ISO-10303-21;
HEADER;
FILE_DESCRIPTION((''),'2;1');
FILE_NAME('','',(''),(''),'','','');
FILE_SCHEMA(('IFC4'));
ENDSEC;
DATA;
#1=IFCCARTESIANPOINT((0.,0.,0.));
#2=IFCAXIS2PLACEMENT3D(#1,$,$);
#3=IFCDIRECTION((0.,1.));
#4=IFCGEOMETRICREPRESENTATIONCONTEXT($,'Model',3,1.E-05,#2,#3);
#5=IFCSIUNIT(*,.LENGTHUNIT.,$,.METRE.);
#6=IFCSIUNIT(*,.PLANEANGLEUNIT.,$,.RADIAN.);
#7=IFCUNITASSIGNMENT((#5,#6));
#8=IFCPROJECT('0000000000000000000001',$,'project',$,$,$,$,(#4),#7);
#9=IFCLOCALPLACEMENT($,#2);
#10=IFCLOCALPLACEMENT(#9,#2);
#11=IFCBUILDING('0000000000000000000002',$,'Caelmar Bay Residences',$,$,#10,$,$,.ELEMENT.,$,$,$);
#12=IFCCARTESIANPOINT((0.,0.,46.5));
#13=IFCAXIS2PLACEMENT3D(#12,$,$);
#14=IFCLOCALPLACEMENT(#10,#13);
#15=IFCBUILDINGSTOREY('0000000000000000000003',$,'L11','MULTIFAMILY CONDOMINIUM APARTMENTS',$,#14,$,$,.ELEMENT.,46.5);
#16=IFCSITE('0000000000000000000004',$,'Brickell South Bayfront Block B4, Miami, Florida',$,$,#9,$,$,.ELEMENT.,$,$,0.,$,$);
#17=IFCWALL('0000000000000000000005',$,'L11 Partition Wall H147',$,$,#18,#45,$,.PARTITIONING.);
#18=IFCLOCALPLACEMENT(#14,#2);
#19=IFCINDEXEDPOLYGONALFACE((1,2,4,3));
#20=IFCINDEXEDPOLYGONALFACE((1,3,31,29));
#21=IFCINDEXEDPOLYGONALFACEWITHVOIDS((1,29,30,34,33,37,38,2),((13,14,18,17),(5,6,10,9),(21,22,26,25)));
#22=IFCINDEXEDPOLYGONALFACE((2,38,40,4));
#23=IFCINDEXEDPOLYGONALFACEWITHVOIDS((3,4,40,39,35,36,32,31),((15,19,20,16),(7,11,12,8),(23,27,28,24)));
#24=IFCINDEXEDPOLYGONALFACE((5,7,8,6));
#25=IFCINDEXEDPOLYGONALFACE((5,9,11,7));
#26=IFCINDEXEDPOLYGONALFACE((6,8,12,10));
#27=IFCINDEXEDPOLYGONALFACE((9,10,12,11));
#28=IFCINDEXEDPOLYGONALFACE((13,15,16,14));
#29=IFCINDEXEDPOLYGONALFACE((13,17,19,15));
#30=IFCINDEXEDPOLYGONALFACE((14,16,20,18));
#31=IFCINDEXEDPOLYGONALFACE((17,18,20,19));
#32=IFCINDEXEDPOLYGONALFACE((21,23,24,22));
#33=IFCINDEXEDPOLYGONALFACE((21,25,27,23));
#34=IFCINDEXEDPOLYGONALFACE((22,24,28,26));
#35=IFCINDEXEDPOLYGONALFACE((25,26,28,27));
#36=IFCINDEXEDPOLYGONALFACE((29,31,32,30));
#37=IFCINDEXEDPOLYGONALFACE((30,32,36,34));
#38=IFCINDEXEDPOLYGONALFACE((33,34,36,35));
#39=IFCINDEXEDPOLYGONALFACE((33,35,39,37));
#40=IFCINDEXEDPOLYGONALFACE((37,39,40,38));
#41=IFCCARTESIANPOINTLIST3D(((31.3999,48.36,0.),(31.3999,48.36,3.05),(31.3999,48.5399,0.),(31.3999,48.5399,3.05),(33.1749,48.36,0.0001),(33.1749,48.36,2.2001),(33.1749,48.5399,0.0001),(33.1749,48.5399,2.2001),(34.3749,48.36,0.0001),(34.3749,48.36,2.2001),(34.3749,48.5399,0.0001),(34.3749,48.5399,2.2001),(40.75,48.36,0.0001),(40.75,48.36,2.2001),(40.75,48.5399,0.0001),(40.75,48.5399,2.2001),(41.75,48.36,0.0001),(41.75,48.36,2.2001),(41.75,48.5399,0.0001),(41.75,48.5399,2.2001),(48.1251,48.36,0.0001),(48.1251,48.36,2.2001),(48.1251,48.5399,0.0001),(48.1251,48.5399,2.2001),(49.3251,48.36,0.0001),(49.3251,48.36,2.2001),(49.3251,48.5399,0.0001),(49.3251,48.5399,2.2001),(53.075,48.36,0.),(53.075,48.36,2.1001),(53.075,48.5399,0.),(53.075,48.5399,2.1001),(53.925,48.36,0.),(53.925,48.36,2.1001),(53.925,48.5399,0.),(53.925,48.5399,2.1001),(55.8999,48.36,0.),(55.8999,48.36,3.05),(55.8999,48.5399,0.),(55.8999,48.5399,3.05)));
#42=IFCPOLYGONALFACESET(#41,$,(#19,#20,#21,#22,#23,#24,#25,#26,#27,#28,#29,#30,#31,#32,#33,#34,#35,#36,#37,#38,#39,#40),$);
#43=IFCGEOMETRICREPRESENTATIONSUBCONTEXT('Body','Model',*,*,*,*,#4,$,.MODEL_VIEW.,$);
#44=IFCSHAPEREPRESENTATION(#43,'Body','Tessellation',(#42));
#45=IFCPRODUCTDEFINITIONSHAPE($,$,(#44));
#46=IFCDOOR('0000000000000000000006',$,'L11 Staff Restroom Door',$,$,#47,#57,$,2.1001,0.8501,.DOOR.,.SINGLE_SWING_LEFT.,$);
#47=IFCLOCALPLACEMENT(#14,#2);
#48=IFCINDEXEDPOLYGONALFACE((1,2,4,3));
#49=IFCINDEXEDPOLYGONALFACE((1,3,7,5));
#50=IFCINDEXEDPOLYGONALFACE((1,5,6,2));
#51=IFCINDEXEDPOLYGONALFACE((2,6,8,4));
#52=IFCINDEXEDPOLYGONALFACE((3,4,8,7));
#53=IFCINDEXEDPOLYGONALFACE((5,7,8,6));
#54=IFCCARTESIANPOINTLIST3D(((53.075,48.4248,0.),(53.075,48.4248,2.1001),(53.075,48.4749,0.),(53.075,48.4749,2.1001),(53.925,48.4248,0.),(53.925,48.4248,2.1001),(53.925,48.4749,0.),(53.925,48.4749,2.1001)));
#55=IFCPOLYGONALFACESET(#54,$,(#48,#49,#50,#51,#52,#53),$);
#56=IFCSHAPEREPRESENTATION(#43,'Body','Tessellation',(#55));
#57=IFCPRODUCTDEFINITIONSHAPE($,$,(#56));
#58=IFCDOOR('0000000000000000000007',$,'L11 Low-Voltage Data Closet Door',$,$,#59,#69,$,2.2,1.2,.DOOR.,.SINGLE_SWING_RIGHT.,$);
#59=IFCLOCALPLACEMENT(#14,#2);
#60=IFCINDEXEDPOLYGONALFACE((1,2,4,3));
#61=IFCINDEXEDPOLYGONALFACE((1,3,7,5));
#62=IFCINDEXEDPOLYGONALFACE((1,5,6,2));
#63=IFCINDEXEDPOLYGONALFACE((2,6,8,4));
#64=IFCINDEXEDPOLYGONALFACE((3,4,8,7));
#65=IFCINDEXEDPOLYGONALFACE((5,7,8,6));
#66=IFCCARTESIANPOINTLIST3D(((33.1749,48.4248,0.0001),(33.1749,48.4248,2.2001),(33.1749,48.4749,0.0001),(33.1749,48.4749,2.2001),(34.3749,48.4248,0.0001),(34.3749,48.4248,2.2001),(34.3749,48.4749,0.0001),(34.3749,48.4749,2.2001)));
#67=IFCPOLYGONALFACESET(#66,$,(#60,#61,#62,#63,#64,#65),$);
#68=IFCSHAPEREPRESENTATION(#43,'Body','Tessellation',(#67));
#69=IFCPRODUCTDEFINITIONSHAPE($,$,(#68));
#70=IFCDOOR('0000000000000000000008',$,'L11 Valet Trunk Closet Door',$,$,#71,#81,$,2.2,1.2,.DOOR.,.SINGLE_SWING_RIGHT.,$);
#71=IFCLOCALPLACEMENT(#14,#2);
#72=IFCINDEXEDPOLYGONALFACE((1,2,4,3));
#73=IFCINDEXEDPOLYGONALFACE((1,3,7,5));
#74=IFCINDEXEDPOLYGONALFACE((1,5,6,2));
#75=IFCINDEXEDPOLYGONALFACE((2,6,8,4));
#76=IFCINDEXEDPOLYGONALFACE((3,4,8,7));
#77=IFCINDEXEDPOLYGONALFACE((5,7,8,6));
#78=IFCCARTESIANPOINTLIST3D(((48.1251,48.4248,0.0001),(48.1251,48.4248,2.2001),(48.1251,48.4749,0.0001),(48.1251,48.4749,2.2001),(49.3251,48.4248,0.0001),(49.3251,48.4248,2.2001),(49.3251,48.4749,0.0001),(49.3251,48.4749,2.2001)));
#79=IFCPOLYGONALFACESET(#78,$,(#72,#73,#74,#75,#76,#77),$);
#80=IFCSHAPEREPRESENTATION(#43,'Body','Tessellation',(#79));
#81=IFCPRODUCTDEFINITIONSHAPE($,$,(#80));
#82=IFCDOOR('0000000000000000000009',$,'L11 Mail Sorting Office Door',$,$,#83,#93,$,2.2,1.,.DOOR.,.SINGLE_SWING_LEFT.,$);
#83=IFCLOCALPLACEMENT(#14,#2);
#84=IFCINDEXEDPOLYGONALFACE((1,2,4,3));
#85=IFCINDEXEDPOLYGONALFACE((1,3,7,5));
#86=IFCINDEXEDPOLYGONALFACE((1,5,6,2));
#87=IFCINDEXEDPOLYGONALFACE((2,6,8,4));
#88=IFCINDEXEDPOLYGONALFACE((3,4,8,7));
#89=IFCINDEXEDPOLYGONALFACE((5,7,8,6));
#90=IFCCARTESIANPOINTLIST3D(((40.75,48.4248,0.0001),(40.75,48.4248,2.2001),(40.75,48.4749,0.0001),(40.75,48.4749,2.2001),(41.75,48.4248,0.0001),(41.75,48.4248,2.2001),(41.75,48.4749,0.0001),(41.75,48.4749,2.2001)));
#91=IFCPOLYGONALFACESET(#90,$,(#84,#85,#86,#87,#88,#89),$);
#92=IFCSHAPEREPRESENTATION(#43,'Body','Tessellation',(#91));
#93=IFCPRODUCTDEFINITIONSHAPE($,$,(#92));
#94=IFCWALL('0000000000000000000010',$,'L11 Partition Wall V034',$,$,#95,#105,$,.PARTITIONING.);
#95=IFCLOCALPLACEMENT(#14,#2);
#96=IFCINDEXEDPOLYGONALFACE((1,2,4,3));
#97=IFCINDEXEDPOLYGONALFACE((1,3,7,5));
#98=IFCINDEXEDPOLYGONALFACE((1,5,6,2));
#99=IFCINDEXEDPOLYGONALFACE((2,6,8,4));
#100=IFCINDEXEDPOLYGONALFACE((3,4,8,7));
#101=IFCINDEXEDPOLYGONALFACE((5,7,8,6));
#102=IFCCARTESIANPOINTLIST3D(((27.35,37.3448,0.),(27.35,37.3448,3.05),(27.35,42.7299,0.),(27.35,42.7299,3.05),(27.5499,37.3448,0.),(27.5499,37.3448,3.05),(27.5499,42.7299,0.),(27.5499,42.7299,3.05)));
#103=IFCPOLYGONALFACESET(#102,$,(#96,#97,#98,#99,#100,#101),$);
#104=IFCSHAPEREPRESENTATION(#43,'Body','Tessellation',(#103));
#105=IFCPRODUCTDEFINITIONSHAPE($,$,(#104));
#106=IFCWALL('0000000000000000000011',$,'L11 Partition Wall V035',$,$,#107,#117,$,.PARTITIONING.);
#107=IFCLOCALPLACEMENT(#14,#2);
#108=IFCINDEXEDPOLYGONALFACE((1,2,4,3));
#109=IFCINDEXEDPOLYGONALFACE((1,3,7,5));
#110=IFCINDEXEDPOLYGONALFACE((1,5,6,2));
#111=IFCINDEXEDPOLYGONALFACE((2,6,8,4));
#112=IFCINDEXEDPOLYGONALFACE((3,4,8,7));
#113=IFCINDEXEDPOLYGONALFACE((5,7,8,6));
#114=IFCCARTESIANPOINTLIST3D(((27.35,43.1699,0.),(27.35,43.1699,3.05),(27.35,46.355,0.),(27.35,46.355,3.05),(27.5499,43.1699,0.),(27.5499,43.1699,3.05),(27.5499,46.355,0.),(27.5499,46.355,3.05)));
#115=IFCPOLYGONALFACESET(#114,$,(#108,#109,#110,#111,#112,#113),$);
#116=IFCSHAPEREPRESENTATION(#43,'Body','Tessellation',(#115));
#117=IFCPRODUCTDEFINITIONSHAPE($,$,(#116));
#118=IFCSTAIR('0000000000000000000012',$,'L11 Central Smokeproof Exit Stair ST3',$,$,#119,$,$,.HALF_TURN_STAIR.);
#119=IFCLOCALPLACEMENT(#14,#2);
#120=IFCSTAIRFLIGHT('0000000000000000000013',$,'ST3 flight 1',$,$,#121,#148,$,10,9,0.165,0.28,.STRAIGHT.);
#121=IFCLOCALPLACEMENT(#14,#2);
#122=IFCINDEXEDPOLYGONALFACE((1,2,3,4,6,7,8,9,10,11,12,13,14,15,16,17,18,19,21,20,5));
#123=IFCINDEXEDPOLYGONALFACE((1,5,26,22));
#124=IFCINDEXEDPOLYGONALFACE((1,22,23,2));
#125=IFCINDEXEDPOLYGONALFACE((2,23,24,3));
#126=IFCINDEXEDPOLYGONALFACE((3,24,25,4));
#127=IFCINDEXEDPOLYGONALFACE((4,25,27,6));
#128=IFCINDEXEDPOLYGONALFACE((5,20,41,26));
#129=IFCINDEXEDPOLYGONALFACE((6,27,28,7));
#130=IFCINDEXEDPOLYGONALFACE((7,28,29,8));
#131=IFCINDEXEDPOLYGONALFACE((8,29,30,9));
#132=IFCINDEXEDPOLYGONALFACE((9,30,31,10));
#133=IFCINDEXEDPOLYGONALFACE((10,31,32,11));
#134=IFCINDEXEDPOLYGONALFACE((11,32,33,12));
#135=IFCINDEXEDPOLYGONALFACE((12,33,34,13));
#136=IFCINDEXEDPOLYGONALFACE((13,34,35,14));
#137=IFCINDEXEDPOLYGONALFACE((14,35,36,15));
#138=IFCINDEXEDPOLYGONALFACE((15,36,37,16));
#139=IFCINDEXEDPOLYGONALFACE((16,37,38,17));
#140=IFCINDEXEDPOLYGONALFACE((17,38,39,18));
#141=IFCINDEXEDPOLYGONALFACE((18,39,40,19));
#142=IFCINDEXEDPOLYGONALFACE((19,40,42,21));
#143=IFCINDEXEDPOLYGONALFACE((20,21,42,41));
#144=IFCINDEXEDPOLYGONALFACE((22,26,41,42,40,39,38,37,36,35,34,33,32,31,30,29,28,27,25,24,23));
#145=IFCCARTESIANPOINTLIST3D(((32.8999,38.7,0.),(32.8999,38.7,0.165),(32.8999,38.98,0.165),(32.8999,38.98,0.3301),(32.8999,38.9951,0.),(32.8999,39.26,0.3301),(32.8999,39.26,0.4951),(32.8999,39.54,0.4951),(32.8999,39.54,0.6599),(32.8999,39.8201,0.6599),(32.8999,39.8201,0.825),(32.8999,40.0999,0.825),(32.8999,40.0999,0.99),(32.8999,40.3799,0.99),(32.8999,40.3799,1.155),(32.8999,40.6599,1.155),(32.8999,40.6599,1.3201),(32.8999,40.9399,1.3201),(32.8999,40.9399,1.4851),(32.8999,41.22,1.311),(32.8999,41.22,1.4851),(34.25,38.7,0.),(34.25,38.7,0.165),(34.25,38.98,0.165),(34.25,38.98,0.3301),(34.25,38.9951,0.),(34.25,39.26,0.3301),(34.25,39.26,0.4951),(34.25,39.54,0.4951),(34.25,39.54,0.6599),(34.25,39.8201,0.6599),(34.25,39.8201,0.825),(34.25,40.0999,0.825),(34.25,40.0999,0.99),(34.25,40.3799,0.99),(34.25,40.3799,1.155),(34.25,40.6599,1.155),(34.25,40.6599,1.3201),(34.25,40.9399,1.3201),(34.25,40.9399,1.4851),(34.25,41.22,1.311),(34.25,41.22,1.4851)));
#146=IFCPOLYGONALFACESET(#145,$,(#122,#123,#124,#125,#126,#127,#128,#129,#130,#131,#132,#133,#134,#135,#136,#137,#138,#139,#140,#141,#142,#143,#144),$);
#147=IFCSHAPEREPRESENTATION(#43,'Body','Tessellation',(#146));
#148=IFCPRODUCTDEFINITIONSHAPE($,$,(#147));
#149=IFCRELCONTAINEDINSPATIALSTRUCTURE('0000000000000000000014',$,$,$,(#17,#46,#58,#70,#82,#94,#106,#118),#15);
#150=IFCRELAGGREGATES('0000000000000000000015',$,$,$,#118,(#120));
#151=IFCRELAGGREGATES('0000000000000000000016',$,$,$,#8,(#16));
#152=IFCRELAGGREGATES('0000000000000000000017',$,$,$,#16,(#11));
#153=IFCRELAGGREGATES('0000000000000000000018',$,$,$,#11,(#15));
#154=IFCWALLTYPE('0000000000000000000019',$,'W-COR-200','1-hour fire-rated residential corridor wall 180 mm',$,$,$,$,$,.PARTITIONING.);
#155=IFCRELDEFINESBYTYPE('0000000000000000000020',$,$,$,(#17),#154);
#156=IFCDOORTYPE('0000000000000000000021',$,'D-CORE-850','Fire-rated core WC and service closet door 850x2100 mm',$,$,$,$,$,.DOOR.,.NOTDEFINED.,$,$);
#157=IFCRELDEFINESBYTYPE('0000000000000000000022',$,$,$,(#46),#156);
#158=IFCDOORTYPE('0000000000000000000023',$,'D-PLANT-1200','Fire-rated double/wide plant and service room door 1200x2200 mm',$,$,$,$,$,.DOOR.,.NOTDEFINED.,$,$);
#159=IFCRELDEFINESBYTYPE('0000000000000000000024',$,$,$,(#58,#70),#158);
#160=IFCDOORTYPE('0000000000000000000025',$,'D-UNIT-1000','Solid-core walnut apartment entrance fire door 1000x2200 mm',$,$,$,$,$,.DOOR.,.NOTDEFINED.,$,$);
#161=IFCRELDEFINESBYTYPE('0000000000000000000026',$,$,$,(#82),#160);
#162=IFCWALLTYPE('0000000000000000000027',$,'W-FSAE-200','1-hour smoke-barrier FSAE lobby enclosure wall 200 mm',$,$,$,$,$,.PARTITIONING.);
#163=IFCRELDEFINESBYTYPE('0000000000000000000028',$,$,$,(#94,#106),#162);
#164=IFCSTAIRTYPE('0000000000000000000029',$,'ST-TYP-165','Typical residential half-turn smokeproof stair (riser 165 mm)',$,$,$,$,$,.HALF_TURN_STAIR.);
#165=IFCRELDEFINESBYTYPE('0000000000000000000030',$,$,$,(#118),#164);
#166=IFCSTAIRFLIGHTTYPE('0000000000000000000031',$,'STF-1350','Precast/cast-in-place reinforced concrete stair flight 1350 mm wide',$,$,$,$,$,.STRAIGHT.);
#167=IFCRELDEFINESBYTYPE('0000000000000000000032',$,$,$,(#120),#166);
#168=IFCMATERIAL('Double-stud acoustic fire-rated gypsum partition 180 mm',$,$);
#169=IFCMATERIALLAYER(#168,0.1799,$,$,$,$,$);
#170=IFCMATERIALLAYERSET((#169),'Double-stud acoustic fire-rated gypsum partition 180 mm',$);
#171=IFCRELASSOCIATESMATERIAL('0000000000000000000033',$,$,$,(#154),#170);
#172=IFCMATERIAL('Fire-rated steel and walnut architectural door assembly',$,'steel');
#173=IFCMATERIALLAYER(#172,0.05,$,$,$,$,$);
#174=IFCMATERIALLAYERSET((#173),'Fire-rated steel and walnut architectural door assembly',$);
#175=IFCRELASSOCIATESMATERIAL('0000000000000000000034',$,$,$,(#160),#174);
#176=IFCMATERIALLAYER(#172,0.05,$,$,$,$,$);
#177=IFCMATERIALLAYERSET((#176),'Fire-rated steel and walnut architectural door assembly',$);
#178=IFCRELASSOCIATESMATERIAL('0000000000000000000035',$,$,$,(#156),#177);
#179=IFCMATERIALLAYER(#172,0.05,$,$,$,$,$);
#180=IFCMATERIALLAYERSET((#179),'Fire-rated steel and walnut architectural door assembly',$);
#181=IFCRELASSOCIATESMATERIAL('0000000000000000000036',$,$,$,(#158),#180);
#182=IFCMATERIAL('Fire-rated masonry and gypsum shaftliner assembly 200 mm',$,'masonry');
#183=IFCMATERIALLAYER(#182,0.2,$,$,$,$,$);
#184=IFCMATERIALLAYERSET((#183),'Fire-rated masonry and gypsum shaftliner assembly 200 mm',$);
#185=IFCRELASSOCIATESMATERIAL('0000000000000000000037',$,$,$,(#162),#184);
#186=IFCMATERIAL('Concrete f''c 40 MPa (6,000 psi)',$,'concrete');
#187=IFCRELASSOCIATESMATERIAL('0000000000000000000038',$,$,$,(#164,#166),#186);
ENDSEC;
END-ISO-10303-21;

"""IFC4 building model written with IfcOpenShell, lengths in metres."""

from ifc_helpers import new_model, si_unit, direction, frame, frame_2d, origin, place, context, subcontext, project, spatial, polyline, rectangle, outline, extrude, material, layer, layer_set, type_object, element, fill, aggregate, save


model = new_model("IFC4")

# Units and contexts
model_context = context("Model", 3, precision=1e-05, world=origin(), true_north=direction((0.0, 1.0)))
body_context = subcontext(model_context, "Body", "Model", "MODEL_VIEW")
ifc_project = project(units=[si_unit("LENGTHUNIT", "METRE"), si_unit("PLANEANGLEUNIT", "RADIAN")], contexts=[model_context])

# Site, building, storey
site_placement = place(None, origin())
site = spatial("IfcSite", under=ifc_project, at=site_placement, Name="Brickell South Bayfront Block B4, Miami, Florida", CompositionType="ELEMENT", RefElevation=0.0)
building_placement = place(site_placement, origin())
building = spatial("IfcBuilding", under=site, at=building_placement, Name="Caelmar Bay Residences", CompositionType="ELEMENT")
storey_placement = place(building_placement, frame((0.0, 0.0, 46.5)))
storey = spatial("IfcBuildingStorey", under=building, at=storey_placement, Name="L11", Description="MULTIFAMILY CONDOMINIUM APARTMENTS", CompositionType="ELEMENT", Elevation=46.5)

# Shared definitions
ifc_material_1 = material(Name="Double-stud acoustic fire-rated gypsum partition 180 mm")
ifc_layer_1 = layer(ifc_material_1, 0.1799)
ifc_layer_set_1 = layer_set([ifc_layer_1], Name="Double-stud acoustic fire-rated gypsum partition 180 mm")
wall_type_1 = type_object("IfcWallType", Name="W-COR-200", Description="1-hour fire-rated residential corridor wall 180 mm", PredefinedType="PARTITIONING", material=ifc_layer_set_1)

# Wall, openings, doors
ifc_material_2 = material(Name="Fire-rated steel and walnut architectural door assembly", Category="steel")
ifc_layer_2 = layer(ifc_material_2, 0.05)
ifc_layer_set_2 = layer_set([ifc_layer_2], Name="Fire-rated steel and walnut architectural door assembly")
door_type_1 = type_object("IfcDoorType", Name="D-UNIT-1000", Description="Solid-core walnut apartment entrance fire door 1000x2200 mm", OperationType="NOTDEFINED", PredefinedType="DOOR", material=ifc_layer_set_2)
wall_1_placement = place(storey_placement, frame((31.3999, 48.45, 0.0), z_axis=(0.0, 0.0, 1.0), x_axis=(1.0, 0.0, 0.0)))
wall_1 = element("IfcWall", 1, at=wall_1_placement, inside=storey, type_object=wall_type_1, Name="L11 Partition Wall H147", PredefinedType="PARTITIONING", context=body_context, shape_type="SweptSolid", body=[
    extrude(rectangle(XDim=24.5, YDim=0.1799, at=frame_2d((12.25, 0.0))), origin(), (0.0, 0.0, 1.0), 3.05),
])
opening_1_placement = place(wall_1_placement, frame((1.7749, 0.0, 0.0)))
opening_1 = element("IfcOpeningElement", 2, at=opening_1_placement, cuts=wall_1, PredefinedType="OPENING", context=body_context, shape_type="SweptSolid", body=[
    extrude(rectangle(XDim=1.2, YDim=2.2, at=frame_2d((0.6001, 1.1001))), frame((0.0, 0.0999, 0.0), z_axis=(0.0, -1.0, 0.0), x_axis=(1.0, 0.0, 0.0)), (0.0, 0.0, 1.0), 0.2),
])
opening_2_placement = place(wall_1_placement, frame((9.3501, 0.0, 0.0)))
opening_2 = element("IfcOpeningElement", 3, at=opening_2_placement, cuts=wall_1, PredefinedType="OPENING", context=body_context, shape_type="SweptSolid", body=[
    extrude(rectangle(XDim=1.0, YDim=2.2, at=frame_2d((0.5, 1.1001))), frame((0.0, 0.0999, 0.0), z_axis=(0.0, -1.0, 0.0), x_axis=(1.0, 0.0, 0.0)), (0.0, 0.0, 1.0), 0.2),
])
opening_3_placement = place(wall_1_placement, frame((16.7251, 0.0, 0.0)))
opening_3 = element("IfcOpeningElement", 4, at=opening_3_placement, cuts=wall_1, PredefinedType="OPENING", context=body_context, shape_type="SweptSolid", body=[
    extrude(rectangle(XDim=1.2, YDim=2.2, at=frame_2d((0.6001, 1.1001))), frame((0.0, 0.0999, 0.0), z_axis=(0.0, -1.0, 0.0), x_axis=(1.0, 0.0, 0.0)), (0.0, 0.0, 1.0), 0.2),
])
opening_4_placement = place(wall_1_placement, frame((21.675, 0.0, 0.0)))
opening_4 = element("IfcOpeningElement", 5, at=opening_4_placement, cuts=wall_1, PredefinedType="OPENING", context=body_context, shape_type="SweptSolid", body=[
    extrude(rectangle(XDim=0.8501, YDim=2.1001, at=frame_2d((0.425, 1.05))), frame((0.0, 0.0999, 0.0), z_axis=(0.0, -1.0, 0.0), x_axis=(1.0, 0.0, 0.0)), (0.0, 0.0, 1.0), 0.2),
])
ifc_layer_3 = layer(ifc_material_2, 0.05)
ifc_layer_set_3 = layer_set([ifc_layer_3], Name="Fire-rated steel and walnut architectural door assembly")
door_type_2 = type_object("IfcDoorType", Name="D-CORE-850", Description="Fire-rated core WC and service closet door 850x2100 mm", OperationType="NOTDEFINED", PredefinedType="DOOR", material=ifc_layer_set_3)
door_1_placement = place(opening_4_placement, origin())
door_1 = element("IfcDoor", 6, at=door_1_placement, inside=storey, type_object=door_type_2, Name="L11 Staff Restroom Door", OperationType="SINGLE_SWING_LEFT", OverallHeight=2.1001, OverallWidth=0.8501, PredefinedType="DOOR", context=body_context, shape_type="SweptSolid", body=[
    extrude(rectangle(XDim=0.8501, YDim=2.1001, at=frame_2d((0.425, 1.05))), frame((0.0, 0.0249, 0.0), z_axis=(0.0, -1.0, 0.0), x_axis=(1.0, 0.0, 0.0)), (0.0, 0.0, 1.0), 0.05),
])
fill(opening_4, door_1)
ifc_layer_4 = layer(ifc_material_2, 0.05)
ifc_layer_set_4 = layer_set([ifc_layer_4], Name="Fire-rated steel and walnut architectural door assembly")
door_type_3 = type_object("IfcDoorType", Name="D-PLANT-1200", Description="Fire-rated double/wide plant and service room door 1200x2200 mm", OperationType="NOTDEFINED", PredefinedType="DOOR", material=ifc_layer_set_4)
door_2_placement = place(opening_1_placement, origin())
door_2 = element("IfcDoor", 7, at=door_2_placement, inside=storey, type_object=door_type_3, Name="L11 Low-Voltage Data Closet Door", OperationType="SINGLE_SWING_RIGHT", OverallHeight=2.2, OverallWidth=1.2, PredefinedType="DOOR", context=body_context, shape_type="SweptSolid", body=[
    extrude(rectangle(XDim=1.2, YDim=2.2, at=frame_2d((0.6001, 1.1001))), frame((0.0, 0.0249, 0.0), z_axis=(0.0, -1.0, 0.0), x_axis=(1.0, 0.0, 0.0)), (0.0, 0.0, 1.0), 0.05),
])
fill(opening_1, door_2)
door_3_placement = place(opening_3_placement, origin())
door_3 = element("IfcDoor", 8, at=door_3_placement, inside=storey, type_object=door_type_3, Name="L11 Valet Trunk Closet Door", OperationType="SINGLE_SWING_RIGHT", OverallHeight=2.2, OverallWidth=1.2, PredefinedType="DOOR", context=body_context, shape_type="SweptSolid", body=[
    extrude(rectangle(XDim=1.2, YDim=2.2, at=frame_2d((0.6001, 1.1001))), frame((0.0, 0.0249, 0.0), z_axis=(0.0, -1.0, 0.0), x_axis=(1.0, 0.0, 0.0)), (0.0, 0.0, 1.0), 0.05),
])
fill(opening_3, door_3)
door_4_placement = place(opening_2_placement, origin())
door_4 = element("IfcDoor", 9, at=door_4_placement, inside=storey, type_object=door_type_1, Name="L11 Mail Sorting Office Door", OperationType="SINGLE_SWING_LEFT", OverallHeight=2.2, OverallWidth=1.0, PredefinedType="DOOR", context=body_context, shape_type="SweptSolid", body=[
    extrude(rectangle(XDim=1.0, YDim=2.2, at=frame_2d((0.5, 1.1001))), frame((0.0, 0.0249, 0.0), z_axis=(0.0, -1.0, 0.0), x_axis=(1.0, 0.0, 0.0)), (0.0, 0.0, 1.0), 0.05),
])
fill(opening_2, door_4)

# Walls
ifc_material_3 = material(Name="Fire-rated masonry and gypsum shaftliner assembly 200 mm", Category="masonry")
ifc_layer_5 = layer(ifc_material_3, 0.2)
ifc_layer_set_5 = layer_set([ifc_layer_5], Name="Fire-rated masonry and gypsum shaftliner assembly 200 mm")
wall_type_2 = type_object("IfcWallType", Name="W-FSAE-200", Description="1-hour smoke-barrier FSAE lobby enclosure wall 200 mm", PredefinedType="PARTITIONING", material=ifc_layer_set_5)
wall_2_placement = place(storey_placement, frame((27.45, 37.345, 0.0), z_axis=(0.0, 0.0, 1.0), x_axis=(0.0, 1.0, 0.0)))
element("IfcWall", 10, at=wall_2_placement, inside=storey, type_object=wall_type_2, Name="L11 Partition Wall V034", PredefinedType="PARTITIONING", context=body_context, shape_type="SweptSolid", body=[
    extrude(rectangle(XDim=5.385, YDim=0.2, at=frame_2d((2.6924, 0.0))), origin(), (0.0, 0.0, 1.0), 3.05),
])
wall_3_placement = place(storey_placement, frame((27.45, 43.1699, 0.0), z_axis=(0.0, 0.0, 1.0), x_axis=(0.0, 1.0, 0.0)))
element("IfcWall", 11, at=wall_3_placement, inside=storey, type_object=wall_type_2, Name="L11 Partition Wall V035", PredefinedType="PARTITIONING", context=body_context, shape_type="SweptSolid", body=[
    extrude(rectangle(XDim=3.1851, YDim=0.2, at=frame_2d((1.5925, 0.0))), origin(), (0.0, 0.0, 1.0), 3.05),
])

# Stair, stair flight
ifc_material_4 = material(Name="Concrete f'c 40 MPa (6,000 psi)", Category="concrete")
stair_type = type_object("IfcStairType", Name="ST-TYP-165", Description="Typical residential half-turn smokeproof stair (riser 165 mm)", PredefinedType="HALF_TURN_STAIR", material=ifc_material_4)
stair_placement = place(storey_placement, origin())
stair = element("IfcStair", 12, at=stair_placement, inside=storey, type_object=stair_type, Name="L11 Central Smokeproof Exit Stair ST3", PredefinedType="HALF_TURN_STAIR")
stair_flight_type = type_object("IfcStairFlightType", Name="STF-1350", Description="Precast/cast-in-place reinforced concrete stair flight 1350 mm wide", PredefinedType="STRAIGHT", material=ifc_material_4)
stair_flight_1_placement = place(storey_placement, frame((33.575, 38.7, 0.0), z_axis=(0.0, 0.0, 1.0), x_axis=(0.0, 1.0, 0.0)))
stair_flight_1 = element("IfcStairFlight", 13, at=stair_flight_1_placement, type_object=stair_flight_type, Name="ST3 flight 1", NumberOfRisers=10, NumberOfTreads=9, PredefinedType="STRAIGHT", RiserHeight=0.165, TreadLength=0.28, context=body_context, shape_type="SweptSolid", body=[
    extrude(outline(polyline([(0.0, 0.0), (0.0, 0.165), (0.28, 0.165), (0.28, 0.3301), (0.5601, 0.3301), (0.5601, 0.4951), (0.8401, 0.4951), (0.8401, 0.6599), (1.1201, 0.6599), (1.1201, 0.825), (1.3999, 0.825), (1.3999, 0.99), (1.6799, 0.99), (1.6799, 1.155), (1.96, 1.155), (1.96, 1.3201), (2.24, 1.3201), (2.24, 1.4851), (2.52, 1.4851), (2.52, 1.6499), (2.52, 1.311), (0.2952, 0.0), (0.0, 0.0)])), frame((0.0, 0.675, 0.0), z_axis=(0.0, -1.0, 0.0), x_axis=(1.0, 0.0, 0.0)), (0.0, 0.0, 1.0), 1.3501),
])
aggregate(stair, [stair_flight_1])

save(model, "model.ifc")
